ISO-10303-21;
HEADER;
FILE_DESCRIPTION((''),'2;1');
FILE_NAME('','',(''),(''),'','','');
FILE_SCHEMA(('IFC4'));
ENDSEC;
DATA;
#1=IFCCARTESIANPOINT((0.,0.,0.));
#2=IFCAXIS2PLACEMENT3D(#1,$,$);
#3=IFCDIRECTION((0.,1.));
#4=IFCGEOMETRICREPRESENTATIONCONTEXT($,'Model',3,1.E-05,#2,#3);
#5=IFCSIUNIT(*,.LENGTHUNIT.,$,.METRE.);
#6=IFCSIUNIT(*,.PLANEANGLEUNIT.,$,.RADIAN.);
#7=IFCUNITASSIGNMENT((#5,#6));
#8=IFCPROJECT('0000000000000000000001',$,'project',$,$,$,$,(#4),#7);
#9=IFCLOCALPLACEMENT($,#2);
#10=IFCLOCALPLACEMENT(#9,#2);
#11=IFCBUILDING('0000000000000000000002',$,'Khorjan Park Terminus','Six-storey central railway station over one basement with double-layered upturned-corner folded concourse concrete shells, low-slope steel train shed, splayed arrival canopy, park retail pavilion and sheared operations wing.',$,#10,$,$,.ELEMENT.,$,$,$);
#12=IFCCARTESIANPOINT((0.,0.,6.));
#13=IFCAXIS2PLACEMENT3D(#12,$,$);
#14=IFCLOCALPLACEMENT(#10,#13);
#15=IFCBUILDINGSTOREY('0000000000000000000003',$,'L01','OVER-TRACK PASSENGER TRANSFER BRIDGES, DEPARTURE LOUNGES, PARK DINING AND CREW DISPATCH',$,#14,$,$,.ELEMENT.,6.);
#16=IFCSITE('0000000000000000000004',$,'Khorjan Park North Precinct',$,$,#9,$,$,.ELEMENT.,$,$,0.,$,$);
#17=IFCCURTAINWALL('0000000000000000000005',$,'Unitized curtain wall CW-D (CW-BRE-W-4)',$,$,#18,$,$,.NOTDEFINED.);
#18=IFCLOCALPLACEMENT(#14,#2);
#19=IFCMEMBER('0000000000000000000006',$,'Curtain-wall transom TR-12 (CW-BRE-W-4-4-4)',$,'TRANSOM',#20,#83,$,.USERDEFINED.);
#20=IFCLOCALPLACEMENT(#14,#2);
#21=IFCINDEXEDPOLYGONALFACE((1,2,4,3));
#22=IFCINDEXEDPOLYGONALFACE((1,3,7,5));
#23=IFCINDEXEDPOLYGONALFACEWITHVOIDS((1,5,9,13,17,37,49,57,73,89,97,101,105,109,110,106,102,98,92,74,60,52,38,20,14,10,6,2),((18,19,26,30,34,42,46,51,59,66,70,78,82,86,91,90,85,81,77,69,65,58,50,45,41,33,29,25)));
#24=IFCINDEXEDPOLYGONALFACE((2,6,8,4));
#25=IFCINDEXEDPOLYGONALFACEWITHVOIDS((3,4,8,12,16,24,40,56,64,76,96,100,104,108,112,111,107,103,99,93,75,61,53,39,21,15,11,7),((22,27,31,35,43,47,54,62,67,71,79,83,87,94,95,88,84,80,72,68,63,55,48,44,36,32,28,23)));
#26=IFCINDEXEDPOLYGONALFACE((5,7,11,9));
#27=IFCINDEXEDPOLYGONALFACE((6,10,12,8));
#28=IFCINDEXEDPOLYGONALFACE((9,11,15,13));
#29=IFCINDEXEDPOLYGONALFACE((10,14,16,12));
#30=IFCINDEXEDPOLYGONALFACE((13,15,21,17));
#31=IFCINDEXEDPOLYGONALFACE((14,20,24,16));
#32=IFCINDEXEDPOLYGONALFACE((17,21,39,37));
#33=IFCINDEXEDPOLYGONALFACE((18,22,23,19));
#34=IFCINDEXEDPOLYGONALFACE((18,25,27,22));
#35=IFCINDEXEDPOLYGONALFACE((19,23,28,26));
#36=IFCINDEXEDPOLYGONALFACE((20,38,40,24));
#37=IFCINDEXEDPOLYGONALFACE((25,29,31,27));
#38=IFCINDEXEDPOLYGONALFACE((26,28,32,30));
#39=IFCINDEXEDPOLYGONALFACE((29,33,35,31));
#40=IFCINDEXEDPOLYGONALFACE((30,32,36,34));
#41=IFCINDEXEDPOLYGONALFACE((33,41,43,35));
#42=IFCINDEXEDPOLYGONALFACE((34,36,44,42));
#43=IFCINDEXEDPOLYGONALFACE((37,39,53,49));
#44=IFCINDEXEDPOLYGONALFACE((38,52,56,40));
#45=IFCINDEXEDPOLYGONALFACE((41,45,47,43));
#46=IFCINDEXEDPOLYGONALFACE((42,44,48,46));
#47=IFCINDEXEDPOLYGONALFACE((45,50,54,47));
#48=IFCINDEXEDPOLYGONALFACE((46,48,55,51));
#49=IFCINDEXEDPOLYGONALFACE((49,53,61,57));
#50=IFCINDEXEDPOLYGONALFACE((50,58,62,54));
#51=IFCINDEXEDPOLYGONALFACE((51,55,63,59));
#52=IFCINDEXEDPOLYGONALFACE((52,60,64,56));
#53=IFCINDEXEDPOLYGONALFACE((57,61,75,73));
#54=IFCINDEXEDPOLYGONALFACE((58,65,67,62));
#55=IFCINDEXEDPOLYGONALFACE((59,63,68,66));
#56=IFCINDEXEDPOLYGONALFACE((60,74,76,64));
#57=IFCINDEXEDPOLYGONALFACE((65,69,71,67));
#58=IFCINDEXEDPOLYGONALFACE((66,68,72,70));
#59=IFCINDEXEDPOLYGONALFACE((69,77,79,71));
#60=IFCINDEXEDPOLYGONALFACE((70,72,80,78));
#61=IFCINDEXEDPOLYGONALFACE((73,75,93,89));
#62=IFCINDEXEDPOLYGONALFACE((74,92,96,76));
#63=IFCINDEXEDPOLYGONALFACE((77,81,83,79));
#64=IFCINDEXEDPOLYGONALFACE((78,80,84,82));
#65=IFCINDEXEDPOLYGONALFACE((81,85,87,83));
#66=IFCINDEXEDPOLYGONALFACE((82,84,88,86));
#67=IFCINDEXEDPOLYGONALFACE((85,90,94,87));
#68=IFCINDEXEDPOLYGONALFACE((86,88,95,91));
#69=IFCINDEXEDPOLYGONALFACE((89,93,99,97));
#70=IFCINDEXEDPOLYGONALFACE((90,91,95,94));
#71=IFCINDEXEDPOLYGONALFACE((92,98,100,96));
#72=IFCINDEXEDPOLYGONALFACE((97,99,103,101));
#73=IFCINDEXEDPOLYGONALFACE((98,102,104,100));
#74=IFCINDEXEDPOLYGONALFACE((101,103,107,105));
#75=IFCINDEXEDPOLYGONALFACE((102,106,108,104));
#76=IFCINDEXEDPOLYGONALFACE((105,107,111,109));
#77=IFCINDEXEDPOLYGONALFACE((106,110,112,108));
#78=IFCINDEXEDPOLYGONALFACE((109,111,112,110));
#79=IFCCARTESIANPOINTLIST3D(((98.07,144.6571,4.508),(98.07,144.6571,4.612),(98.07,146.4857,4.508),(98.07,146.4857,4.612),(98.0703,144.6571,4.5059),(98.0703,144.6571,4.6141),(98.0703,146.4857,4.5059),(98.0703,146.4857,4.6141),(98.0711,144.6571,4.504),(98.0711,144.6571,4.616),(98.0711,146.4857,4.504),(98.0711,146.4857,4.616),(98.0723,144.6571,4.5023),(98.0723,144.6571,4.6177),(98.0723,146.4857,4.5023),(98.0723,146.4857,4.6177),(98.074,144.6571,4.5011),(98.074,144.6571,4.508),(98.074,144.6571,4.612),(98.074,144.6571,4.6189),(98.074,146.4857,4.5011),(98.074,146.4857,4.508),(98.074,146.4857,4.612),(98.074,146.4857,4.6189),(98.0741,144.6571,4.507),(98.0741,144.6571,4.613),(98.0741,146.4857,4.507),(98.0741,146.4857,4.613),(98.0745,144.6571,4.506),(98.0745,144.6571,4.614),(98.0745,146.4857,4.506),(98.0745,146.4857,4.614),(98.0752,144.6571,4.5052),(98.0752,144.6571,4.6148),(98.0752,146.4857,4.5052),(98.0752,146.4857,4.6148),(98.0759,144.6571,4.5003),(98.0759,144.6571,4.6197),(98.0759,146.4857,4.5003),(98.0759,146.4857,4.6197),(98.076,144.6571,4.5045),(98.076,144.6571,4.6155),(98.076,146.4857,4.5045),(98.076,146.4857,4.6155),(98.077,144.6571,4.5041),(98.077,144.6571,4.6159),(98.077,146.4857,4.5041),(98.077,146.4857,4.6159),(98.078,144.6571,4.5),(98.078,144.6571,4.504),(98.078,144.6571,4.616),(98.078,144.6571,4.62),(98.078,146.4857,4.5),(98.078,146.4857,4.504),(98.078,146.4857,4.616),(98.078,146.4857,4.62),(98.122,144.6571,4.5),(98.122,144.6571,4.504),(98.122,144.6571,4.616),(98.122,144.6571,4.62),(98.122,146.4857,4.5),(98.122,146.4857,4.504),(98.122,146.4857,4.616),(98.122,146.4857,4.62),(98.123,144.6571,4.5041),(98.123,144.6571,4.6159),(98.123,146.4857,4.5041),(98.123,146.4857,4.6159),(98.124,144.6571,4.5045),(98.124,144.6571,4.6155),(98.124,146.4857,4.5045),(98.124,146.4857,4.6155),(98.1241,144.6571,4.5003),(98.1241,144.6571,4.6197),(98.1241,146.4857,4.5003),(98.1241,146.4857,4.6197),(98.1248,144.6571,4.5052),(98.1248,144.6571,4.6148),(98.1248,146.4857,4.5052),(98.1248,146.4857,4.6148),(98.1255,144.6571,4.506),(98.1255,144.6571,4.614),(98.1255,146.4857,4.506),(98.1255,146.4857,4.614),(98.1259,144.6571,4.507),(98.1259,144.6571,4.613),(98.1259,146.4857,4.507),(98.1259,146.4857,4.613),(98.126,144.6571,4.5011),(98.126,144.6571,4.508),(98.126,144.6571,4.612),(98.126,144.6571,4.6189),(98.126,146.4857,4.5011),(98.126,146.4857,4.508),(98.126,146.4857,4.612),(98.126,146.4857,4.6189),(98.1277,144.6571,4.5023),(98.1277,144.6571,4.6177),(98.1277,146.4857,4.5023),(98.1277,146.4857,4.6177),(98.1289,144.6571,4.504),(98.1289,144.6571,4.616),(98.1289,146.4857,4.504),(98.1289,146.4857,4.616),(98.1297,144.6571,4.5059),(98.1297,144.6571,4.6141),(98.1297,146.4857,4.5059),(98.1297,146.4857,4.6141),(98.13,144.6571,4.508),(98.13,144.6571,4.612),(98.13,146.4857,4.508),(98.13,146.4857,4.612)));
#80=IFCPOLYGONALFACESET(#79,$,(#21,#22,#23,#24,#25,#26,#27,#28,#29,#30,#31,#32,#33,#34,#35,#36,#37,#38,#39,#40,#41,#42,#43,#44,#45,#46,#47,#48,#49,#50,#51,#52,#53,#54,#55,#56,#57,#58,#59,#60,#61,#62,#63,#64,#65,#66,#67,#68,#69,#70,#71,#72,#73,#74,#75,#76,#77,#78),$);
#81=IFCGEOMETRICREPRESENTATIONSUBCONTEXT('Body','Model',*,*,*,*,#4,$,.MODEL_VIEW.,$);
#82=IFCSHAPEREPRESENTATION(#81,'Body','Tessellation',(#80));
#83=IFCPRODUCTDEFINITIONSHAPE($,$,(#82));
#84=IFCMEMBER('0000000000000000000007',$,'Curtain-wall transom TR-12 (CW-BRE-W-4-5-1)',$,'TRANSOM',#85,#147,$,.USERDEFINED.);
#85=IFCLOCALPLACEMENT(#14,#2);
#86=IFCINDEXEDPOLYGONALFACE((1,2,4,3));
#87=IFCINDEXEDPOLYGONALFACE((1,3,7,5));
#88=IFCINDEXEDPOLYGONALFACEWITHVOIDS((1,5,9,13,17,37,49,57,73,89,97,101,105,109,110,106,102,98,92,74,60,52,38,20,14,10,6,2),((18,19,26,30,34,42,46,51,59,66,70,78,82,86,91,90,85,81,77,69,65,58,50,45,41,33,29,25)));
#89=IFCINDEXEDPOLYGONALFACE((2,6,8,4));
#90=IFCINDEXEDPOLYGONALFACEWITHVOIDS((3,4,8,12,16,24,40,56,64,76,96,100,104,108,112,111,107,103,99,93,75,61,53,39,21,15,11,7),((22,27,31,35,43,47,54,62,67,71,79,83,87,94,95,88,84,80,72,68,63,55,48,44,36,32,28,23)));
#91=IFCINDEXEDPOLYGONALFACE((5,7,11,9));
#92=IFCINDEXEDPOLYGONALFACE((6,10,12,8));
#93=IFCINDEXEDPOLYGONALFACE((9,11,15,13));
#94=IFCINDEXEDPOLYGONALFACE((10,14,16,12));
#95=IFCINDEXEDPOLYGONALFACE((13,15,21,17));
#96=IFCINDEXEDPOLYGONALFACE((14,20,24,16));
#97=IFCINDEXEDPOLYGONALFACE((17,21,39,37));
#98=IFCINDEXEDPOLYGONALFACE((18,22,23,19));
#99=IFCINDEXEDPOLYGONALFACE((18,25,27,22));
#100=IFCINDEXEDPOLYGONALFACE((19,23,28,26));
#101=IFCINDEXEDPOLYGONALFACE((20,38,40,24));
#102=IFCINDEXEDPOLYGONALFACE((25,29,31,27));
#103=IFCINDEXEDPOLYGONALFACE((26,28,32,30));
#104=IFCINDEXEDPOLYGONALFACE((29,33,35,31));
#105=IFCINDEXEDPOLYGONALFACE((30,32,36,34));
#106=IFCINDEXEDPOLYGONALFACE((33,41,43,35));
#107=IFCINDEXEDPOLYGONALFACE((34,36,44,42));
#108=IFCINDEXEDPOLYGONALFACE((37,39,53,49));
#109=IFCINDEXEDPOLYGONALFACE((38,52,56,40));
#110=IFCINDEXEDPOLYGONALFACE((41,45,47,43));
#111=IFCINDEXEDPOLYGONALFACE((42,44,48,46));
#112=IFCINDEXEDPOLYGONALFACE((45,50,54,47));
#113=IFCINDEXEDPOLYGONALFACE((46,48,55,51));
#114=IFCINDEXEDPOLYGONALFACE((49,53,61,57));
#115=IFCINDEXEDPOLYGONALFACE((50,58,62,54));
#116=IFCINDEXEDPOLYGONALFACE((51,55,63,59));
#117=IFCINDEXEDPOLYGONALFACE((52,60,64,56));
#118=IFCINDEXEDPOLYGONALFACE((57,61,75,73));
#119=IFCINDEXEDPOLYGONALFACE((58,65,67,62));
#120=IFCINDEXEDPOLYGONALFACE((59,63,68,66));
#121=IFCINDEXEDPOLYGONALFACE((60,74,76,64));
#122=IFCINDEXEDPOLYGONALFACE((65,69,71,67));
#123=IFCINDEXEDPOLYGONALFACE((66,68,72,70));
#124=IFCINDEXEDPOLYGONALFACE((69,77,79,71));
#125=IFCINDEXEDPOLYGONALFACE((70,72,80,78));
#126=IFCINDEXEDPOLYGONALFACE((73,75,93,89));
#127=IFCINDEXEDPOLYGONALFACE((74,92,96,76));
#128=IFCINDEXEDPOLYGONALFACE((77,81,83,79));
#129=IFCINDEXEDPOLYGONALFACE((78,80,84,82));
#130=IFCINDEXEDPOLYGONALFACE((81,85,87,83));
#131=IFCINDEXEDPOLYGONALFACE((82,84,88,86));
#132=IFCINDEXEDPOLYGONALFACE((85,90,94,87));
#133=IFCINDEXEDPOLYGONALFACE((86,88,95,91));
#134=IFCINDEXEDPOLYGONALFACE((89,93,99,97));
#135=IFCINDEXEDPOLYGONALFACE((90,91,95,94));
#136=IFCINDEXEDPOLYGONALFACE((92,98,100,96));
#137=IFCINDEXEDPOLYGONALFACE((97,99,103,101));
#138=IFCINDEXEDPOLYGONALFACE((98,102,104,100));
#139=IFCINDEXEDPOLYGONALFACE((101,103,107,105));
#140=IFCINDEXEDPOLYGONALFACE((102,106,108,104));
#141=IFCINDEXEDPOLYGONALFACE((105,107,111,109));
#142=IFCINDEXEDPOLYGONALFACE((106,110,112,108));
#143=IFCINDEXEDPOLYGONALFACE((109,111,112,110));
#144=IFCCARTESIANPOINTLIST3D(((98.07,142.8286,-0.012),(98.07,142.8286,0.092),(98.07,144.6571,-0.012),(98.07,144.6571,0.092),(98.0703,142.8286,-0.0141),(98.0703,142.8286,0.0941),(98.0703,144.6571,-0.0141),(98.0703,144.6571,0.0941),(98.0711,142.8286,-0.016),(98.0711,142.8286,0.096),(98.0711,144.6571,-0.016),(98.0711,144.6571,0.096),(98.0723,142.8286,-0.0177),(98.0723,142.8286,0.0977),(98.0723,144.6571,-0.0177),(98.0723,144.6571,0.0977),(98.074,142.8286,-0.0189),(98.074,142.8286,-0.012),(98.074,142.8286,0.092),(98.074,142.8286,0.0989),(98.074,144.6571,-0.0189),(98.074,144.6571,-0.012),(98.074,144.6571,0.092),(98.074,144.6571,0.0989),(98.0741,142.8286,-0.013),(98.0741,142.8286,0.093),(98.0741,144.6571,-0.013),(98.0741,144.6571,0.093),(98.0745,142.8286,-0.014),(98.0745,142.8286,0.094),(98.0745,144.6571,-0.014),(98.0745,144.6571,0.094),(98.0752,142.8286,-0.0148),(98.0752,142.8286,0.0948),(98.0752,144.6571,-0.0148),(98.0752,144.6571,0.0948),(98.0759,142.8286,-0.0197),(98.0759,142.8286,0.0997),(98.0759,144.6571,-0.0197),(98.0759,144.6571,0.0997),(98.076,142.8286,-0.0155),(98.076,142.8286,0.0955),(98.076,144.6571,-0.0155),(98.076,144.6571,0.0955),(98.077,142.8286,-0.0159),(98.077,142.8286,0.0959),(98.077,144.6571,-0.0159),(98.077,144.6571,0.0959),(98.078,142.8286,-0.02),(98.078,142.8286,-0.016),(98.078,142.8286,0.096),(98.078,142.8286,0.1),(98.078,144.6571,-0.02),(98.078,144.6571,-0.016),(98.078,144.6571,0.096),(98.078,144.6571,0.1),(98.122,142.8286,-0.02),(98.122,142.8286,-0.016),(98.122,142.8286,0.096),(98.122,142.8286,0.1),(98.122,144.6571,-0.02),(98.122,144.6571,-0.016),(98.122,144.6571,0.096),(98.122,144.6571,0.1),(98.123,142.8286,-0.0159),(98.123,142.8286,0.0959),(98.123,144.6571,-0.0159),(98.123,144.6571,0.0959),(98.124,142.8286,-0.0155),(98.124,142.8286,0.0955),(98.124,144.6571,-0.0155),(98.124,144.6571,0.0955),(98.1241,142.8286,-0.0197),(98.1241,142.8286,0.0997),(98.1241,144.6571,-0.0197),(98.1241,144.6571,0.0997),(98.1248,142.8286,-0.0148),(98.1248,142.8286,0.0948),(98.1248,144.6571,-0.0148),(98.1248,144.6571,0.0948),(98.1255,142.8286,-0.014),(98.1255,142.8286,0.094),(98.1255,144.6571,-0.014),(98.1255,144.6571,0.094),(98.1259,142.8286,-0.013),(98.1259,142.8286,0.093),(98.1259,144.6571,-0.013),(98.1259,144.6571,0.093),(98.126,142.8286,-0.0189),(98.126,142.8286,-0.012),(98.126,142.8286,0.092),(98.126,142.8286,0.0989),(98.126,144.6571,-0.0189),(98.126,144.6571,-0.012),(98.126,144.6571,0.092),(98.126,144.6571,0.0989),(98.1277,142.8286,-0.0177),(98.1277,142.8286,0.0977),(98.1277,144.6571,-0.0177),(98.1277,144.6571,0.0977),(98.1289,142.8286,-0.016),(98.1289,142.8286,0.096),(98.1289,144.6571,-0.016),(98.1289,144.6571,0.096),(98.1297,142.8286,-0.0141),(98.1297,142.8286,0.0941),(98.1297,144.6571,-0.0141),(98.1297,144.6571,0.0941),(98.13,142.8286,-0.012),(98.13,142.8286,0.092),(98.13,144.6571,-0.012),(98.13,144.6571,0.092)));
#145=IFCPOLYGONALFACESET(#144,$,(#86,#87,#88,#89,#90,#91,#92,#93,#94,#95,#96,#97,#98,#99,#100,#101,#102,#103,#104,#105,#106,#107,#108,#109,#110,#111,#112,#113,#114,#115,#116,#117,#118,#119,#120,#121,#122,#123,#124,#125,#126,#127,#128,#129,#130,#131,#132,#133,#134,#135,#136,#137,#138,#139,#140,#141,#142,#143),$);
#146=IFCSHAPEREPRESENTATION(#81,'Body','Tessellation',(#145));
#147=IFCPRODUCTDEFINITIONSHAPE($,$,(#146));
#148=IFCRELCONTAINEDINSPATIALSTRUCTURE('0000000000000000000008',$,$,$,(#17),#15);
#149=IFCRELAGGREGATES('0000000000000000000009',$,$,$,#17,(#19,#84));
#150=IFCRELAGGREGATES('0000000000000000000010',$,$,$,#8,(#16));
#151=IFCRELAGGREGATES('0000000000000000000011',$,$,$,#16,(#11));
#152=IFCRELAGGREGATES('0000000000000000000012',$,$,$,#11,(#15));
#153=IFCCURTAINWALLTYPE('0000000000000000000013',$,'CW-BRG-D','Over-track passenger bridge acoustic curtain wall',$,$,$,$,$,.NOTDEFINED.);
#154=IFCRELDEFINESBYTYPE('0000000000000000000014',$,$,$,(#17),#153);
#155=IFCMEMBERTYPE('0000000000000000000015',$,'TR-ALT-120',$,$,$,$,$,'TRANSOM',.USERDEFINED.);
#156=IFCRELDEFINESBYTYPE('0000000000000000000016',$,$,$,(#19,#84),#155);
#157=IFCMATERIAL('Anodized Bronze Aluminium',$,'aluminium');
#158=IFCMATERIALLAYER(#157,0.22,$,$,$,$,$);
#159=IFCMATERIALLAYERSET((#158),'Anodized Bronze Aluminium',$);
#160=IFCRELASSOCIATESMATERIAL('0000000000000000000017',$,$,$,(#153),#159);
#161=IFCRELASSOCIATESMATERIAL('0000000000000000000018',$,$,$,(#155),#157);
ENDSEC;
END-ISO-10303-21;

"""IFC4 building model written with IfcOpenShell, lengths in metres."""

from ifc_helpers import new_model, si_unit, direction, frame, origin, origin_2d, place, context, subcontext, project, spatial, hollow_rectangle, extrude, material, layer, layer_set, material_profile, profile_set, type_object, element, aggregate, save


model = new_model("IFC4")

# Units and contexts
model_context = context("Model", 3, precision=1e-05, world=origin(), true_north=direction((0.0, 1.0)))
body_context = subcontext(model_context, "Body", "Model", "MODEL_VIEW")
ifc_project = project(units=[si_unit("LENGTHUNIT", "METRE"), si_unit("PLANEANGLEUNIT", "RADIAN")], contexts=[model_context])

# Site, building, storey
site_placement = place(None, origin())
site = spatial("IfcSite", under=ifc_project, at=site_placement, Name="Khorjan Park North Precinct", CompositionType="ELEMENT", RefElevation=0.0)
building_placement = place(site_placement, origin())
building = spatial("IfcBuilding", under=site, at=building_placement, Name="Khorjan Park Terminus", Description="Six-storey central railway station over one basement with double-layered upturned-corner folded concourse concrete shells, low-slope steel train shed, splayed arrival canopy, park retail pavilion and sheared operations wing.", CompositionType="ELEMENT")
storey_placement = place(building_placement, frame((0.0, 0.0, 6.0)))
storey = spatial("IfcBuildingStorey", under=building, at=storey_placement, Name="L01", Description="OVER-TRACK PASSENGER TRANSFER BRIDGES, DEPARTURE LOUNGES, PARK DINING AND CREW DISPATCH", CompositionType="ELEMENT", Elevation=6.0)

# Curtain wall, members
ifc_material_1 = material(Name="Anodized Bronze Aluminium", Category="aluminium")
ifc_layer_1 = layer(ifc_material_1, 0.22)
ifc_layer_set_1 = layer_set([ifc_layer_1], Name="Anodized Bronze Aluminium")
curtain_wall_type = type_object("IfcCurtainWallType", Name="CW-BRG-D", Description="Over-track passenger bridge acoustic curtain wall", PredefinedType="NOTDEFINED", material=ifc_layer_set_1)
curtain_wall_placement = place(storey_placement, origin())
curtain_wall = element("IfcCurtainWall", 1, at=curtain_wall_placement, inside=storey, type_object=curtain_wall_type, Name="Unitized curtain wall CW-D (CW-BRE-W-4)", PredefinedType="NOTDEFINED")
ifc_material_profile_1 = material_profile(ifc_material_1, hollow_rectangle(XDim=0.06, YDim=0.12, WallThickness=0.004, InnerFilletRadius=0.004, OuterFilletRadius=0.008, at=origin_2d()), Name="ALT 60x120x4")
ifc_profile_set_1 = profile_set([ifc_material_profile_1], Name="Anodized Bronze Aluminium")
member_type_1 = type_object("IfcMemberType", Name="TR-ALT-120", ElementType="TRANSOM", PredefinedType="USERDEFINED", material=ifc_profile_set_1)
member_1_placement = place(storey_placement, frame((98.1, 146.4857, 4.56), z_axis=(0.0, -1.0, 0.0), x_axis=(1.0, 0.0, 0.0)))
member_1 = element("IfcMember", 2, at=member_1_placement, type_object=member_type_1, Name="Curtain-wall transom TR-12 (CW-BRE-W-4-4-4)", ObjectType="TRANSOM", PredefinedType="USERDEFINED", context=body_context, shape_type="SweptSolid", body=[
    extrude(hollow_rectangle(XDim=0.06, YDim=0.12, WallThickness=0.004, InnerFilletRadius=0.004, OuterFilletRadius=0.008, at=origin_2d()), origin(), (0.0, 0.0, 1.0), 1.8286),
])
member_2_placement = place(storey_placement, frame((98.1, 144.6571, 0.04), z_axis=(0.0, -1.0, 0.0), x_axis=(1.0, 0.0, 0.0)))
member_2 = element("IfcMember", 3, at=member_2_placement, type_object=member_type_1, Name="Curtain-wall transom TR-12 (CW-BRE-W-4-5-1)", ObjectType="TRANSOM", PredefinedType="USERDEFINED", context=body_context, shape_type="SweptSolid", body=[
    extrude(hollow_rectangle(XDim=0.06, YDim=0.12, WallThickness=0.004, InnerFilletRadius=0.004, OuterFilletRadius=0.008, at=origin_2d()), origin(), (0.0, 0.0, 1.0), 1.8285),
])
aggregate(curtain_wall, [member_1, member_2])

save(model, "model.ifc")
